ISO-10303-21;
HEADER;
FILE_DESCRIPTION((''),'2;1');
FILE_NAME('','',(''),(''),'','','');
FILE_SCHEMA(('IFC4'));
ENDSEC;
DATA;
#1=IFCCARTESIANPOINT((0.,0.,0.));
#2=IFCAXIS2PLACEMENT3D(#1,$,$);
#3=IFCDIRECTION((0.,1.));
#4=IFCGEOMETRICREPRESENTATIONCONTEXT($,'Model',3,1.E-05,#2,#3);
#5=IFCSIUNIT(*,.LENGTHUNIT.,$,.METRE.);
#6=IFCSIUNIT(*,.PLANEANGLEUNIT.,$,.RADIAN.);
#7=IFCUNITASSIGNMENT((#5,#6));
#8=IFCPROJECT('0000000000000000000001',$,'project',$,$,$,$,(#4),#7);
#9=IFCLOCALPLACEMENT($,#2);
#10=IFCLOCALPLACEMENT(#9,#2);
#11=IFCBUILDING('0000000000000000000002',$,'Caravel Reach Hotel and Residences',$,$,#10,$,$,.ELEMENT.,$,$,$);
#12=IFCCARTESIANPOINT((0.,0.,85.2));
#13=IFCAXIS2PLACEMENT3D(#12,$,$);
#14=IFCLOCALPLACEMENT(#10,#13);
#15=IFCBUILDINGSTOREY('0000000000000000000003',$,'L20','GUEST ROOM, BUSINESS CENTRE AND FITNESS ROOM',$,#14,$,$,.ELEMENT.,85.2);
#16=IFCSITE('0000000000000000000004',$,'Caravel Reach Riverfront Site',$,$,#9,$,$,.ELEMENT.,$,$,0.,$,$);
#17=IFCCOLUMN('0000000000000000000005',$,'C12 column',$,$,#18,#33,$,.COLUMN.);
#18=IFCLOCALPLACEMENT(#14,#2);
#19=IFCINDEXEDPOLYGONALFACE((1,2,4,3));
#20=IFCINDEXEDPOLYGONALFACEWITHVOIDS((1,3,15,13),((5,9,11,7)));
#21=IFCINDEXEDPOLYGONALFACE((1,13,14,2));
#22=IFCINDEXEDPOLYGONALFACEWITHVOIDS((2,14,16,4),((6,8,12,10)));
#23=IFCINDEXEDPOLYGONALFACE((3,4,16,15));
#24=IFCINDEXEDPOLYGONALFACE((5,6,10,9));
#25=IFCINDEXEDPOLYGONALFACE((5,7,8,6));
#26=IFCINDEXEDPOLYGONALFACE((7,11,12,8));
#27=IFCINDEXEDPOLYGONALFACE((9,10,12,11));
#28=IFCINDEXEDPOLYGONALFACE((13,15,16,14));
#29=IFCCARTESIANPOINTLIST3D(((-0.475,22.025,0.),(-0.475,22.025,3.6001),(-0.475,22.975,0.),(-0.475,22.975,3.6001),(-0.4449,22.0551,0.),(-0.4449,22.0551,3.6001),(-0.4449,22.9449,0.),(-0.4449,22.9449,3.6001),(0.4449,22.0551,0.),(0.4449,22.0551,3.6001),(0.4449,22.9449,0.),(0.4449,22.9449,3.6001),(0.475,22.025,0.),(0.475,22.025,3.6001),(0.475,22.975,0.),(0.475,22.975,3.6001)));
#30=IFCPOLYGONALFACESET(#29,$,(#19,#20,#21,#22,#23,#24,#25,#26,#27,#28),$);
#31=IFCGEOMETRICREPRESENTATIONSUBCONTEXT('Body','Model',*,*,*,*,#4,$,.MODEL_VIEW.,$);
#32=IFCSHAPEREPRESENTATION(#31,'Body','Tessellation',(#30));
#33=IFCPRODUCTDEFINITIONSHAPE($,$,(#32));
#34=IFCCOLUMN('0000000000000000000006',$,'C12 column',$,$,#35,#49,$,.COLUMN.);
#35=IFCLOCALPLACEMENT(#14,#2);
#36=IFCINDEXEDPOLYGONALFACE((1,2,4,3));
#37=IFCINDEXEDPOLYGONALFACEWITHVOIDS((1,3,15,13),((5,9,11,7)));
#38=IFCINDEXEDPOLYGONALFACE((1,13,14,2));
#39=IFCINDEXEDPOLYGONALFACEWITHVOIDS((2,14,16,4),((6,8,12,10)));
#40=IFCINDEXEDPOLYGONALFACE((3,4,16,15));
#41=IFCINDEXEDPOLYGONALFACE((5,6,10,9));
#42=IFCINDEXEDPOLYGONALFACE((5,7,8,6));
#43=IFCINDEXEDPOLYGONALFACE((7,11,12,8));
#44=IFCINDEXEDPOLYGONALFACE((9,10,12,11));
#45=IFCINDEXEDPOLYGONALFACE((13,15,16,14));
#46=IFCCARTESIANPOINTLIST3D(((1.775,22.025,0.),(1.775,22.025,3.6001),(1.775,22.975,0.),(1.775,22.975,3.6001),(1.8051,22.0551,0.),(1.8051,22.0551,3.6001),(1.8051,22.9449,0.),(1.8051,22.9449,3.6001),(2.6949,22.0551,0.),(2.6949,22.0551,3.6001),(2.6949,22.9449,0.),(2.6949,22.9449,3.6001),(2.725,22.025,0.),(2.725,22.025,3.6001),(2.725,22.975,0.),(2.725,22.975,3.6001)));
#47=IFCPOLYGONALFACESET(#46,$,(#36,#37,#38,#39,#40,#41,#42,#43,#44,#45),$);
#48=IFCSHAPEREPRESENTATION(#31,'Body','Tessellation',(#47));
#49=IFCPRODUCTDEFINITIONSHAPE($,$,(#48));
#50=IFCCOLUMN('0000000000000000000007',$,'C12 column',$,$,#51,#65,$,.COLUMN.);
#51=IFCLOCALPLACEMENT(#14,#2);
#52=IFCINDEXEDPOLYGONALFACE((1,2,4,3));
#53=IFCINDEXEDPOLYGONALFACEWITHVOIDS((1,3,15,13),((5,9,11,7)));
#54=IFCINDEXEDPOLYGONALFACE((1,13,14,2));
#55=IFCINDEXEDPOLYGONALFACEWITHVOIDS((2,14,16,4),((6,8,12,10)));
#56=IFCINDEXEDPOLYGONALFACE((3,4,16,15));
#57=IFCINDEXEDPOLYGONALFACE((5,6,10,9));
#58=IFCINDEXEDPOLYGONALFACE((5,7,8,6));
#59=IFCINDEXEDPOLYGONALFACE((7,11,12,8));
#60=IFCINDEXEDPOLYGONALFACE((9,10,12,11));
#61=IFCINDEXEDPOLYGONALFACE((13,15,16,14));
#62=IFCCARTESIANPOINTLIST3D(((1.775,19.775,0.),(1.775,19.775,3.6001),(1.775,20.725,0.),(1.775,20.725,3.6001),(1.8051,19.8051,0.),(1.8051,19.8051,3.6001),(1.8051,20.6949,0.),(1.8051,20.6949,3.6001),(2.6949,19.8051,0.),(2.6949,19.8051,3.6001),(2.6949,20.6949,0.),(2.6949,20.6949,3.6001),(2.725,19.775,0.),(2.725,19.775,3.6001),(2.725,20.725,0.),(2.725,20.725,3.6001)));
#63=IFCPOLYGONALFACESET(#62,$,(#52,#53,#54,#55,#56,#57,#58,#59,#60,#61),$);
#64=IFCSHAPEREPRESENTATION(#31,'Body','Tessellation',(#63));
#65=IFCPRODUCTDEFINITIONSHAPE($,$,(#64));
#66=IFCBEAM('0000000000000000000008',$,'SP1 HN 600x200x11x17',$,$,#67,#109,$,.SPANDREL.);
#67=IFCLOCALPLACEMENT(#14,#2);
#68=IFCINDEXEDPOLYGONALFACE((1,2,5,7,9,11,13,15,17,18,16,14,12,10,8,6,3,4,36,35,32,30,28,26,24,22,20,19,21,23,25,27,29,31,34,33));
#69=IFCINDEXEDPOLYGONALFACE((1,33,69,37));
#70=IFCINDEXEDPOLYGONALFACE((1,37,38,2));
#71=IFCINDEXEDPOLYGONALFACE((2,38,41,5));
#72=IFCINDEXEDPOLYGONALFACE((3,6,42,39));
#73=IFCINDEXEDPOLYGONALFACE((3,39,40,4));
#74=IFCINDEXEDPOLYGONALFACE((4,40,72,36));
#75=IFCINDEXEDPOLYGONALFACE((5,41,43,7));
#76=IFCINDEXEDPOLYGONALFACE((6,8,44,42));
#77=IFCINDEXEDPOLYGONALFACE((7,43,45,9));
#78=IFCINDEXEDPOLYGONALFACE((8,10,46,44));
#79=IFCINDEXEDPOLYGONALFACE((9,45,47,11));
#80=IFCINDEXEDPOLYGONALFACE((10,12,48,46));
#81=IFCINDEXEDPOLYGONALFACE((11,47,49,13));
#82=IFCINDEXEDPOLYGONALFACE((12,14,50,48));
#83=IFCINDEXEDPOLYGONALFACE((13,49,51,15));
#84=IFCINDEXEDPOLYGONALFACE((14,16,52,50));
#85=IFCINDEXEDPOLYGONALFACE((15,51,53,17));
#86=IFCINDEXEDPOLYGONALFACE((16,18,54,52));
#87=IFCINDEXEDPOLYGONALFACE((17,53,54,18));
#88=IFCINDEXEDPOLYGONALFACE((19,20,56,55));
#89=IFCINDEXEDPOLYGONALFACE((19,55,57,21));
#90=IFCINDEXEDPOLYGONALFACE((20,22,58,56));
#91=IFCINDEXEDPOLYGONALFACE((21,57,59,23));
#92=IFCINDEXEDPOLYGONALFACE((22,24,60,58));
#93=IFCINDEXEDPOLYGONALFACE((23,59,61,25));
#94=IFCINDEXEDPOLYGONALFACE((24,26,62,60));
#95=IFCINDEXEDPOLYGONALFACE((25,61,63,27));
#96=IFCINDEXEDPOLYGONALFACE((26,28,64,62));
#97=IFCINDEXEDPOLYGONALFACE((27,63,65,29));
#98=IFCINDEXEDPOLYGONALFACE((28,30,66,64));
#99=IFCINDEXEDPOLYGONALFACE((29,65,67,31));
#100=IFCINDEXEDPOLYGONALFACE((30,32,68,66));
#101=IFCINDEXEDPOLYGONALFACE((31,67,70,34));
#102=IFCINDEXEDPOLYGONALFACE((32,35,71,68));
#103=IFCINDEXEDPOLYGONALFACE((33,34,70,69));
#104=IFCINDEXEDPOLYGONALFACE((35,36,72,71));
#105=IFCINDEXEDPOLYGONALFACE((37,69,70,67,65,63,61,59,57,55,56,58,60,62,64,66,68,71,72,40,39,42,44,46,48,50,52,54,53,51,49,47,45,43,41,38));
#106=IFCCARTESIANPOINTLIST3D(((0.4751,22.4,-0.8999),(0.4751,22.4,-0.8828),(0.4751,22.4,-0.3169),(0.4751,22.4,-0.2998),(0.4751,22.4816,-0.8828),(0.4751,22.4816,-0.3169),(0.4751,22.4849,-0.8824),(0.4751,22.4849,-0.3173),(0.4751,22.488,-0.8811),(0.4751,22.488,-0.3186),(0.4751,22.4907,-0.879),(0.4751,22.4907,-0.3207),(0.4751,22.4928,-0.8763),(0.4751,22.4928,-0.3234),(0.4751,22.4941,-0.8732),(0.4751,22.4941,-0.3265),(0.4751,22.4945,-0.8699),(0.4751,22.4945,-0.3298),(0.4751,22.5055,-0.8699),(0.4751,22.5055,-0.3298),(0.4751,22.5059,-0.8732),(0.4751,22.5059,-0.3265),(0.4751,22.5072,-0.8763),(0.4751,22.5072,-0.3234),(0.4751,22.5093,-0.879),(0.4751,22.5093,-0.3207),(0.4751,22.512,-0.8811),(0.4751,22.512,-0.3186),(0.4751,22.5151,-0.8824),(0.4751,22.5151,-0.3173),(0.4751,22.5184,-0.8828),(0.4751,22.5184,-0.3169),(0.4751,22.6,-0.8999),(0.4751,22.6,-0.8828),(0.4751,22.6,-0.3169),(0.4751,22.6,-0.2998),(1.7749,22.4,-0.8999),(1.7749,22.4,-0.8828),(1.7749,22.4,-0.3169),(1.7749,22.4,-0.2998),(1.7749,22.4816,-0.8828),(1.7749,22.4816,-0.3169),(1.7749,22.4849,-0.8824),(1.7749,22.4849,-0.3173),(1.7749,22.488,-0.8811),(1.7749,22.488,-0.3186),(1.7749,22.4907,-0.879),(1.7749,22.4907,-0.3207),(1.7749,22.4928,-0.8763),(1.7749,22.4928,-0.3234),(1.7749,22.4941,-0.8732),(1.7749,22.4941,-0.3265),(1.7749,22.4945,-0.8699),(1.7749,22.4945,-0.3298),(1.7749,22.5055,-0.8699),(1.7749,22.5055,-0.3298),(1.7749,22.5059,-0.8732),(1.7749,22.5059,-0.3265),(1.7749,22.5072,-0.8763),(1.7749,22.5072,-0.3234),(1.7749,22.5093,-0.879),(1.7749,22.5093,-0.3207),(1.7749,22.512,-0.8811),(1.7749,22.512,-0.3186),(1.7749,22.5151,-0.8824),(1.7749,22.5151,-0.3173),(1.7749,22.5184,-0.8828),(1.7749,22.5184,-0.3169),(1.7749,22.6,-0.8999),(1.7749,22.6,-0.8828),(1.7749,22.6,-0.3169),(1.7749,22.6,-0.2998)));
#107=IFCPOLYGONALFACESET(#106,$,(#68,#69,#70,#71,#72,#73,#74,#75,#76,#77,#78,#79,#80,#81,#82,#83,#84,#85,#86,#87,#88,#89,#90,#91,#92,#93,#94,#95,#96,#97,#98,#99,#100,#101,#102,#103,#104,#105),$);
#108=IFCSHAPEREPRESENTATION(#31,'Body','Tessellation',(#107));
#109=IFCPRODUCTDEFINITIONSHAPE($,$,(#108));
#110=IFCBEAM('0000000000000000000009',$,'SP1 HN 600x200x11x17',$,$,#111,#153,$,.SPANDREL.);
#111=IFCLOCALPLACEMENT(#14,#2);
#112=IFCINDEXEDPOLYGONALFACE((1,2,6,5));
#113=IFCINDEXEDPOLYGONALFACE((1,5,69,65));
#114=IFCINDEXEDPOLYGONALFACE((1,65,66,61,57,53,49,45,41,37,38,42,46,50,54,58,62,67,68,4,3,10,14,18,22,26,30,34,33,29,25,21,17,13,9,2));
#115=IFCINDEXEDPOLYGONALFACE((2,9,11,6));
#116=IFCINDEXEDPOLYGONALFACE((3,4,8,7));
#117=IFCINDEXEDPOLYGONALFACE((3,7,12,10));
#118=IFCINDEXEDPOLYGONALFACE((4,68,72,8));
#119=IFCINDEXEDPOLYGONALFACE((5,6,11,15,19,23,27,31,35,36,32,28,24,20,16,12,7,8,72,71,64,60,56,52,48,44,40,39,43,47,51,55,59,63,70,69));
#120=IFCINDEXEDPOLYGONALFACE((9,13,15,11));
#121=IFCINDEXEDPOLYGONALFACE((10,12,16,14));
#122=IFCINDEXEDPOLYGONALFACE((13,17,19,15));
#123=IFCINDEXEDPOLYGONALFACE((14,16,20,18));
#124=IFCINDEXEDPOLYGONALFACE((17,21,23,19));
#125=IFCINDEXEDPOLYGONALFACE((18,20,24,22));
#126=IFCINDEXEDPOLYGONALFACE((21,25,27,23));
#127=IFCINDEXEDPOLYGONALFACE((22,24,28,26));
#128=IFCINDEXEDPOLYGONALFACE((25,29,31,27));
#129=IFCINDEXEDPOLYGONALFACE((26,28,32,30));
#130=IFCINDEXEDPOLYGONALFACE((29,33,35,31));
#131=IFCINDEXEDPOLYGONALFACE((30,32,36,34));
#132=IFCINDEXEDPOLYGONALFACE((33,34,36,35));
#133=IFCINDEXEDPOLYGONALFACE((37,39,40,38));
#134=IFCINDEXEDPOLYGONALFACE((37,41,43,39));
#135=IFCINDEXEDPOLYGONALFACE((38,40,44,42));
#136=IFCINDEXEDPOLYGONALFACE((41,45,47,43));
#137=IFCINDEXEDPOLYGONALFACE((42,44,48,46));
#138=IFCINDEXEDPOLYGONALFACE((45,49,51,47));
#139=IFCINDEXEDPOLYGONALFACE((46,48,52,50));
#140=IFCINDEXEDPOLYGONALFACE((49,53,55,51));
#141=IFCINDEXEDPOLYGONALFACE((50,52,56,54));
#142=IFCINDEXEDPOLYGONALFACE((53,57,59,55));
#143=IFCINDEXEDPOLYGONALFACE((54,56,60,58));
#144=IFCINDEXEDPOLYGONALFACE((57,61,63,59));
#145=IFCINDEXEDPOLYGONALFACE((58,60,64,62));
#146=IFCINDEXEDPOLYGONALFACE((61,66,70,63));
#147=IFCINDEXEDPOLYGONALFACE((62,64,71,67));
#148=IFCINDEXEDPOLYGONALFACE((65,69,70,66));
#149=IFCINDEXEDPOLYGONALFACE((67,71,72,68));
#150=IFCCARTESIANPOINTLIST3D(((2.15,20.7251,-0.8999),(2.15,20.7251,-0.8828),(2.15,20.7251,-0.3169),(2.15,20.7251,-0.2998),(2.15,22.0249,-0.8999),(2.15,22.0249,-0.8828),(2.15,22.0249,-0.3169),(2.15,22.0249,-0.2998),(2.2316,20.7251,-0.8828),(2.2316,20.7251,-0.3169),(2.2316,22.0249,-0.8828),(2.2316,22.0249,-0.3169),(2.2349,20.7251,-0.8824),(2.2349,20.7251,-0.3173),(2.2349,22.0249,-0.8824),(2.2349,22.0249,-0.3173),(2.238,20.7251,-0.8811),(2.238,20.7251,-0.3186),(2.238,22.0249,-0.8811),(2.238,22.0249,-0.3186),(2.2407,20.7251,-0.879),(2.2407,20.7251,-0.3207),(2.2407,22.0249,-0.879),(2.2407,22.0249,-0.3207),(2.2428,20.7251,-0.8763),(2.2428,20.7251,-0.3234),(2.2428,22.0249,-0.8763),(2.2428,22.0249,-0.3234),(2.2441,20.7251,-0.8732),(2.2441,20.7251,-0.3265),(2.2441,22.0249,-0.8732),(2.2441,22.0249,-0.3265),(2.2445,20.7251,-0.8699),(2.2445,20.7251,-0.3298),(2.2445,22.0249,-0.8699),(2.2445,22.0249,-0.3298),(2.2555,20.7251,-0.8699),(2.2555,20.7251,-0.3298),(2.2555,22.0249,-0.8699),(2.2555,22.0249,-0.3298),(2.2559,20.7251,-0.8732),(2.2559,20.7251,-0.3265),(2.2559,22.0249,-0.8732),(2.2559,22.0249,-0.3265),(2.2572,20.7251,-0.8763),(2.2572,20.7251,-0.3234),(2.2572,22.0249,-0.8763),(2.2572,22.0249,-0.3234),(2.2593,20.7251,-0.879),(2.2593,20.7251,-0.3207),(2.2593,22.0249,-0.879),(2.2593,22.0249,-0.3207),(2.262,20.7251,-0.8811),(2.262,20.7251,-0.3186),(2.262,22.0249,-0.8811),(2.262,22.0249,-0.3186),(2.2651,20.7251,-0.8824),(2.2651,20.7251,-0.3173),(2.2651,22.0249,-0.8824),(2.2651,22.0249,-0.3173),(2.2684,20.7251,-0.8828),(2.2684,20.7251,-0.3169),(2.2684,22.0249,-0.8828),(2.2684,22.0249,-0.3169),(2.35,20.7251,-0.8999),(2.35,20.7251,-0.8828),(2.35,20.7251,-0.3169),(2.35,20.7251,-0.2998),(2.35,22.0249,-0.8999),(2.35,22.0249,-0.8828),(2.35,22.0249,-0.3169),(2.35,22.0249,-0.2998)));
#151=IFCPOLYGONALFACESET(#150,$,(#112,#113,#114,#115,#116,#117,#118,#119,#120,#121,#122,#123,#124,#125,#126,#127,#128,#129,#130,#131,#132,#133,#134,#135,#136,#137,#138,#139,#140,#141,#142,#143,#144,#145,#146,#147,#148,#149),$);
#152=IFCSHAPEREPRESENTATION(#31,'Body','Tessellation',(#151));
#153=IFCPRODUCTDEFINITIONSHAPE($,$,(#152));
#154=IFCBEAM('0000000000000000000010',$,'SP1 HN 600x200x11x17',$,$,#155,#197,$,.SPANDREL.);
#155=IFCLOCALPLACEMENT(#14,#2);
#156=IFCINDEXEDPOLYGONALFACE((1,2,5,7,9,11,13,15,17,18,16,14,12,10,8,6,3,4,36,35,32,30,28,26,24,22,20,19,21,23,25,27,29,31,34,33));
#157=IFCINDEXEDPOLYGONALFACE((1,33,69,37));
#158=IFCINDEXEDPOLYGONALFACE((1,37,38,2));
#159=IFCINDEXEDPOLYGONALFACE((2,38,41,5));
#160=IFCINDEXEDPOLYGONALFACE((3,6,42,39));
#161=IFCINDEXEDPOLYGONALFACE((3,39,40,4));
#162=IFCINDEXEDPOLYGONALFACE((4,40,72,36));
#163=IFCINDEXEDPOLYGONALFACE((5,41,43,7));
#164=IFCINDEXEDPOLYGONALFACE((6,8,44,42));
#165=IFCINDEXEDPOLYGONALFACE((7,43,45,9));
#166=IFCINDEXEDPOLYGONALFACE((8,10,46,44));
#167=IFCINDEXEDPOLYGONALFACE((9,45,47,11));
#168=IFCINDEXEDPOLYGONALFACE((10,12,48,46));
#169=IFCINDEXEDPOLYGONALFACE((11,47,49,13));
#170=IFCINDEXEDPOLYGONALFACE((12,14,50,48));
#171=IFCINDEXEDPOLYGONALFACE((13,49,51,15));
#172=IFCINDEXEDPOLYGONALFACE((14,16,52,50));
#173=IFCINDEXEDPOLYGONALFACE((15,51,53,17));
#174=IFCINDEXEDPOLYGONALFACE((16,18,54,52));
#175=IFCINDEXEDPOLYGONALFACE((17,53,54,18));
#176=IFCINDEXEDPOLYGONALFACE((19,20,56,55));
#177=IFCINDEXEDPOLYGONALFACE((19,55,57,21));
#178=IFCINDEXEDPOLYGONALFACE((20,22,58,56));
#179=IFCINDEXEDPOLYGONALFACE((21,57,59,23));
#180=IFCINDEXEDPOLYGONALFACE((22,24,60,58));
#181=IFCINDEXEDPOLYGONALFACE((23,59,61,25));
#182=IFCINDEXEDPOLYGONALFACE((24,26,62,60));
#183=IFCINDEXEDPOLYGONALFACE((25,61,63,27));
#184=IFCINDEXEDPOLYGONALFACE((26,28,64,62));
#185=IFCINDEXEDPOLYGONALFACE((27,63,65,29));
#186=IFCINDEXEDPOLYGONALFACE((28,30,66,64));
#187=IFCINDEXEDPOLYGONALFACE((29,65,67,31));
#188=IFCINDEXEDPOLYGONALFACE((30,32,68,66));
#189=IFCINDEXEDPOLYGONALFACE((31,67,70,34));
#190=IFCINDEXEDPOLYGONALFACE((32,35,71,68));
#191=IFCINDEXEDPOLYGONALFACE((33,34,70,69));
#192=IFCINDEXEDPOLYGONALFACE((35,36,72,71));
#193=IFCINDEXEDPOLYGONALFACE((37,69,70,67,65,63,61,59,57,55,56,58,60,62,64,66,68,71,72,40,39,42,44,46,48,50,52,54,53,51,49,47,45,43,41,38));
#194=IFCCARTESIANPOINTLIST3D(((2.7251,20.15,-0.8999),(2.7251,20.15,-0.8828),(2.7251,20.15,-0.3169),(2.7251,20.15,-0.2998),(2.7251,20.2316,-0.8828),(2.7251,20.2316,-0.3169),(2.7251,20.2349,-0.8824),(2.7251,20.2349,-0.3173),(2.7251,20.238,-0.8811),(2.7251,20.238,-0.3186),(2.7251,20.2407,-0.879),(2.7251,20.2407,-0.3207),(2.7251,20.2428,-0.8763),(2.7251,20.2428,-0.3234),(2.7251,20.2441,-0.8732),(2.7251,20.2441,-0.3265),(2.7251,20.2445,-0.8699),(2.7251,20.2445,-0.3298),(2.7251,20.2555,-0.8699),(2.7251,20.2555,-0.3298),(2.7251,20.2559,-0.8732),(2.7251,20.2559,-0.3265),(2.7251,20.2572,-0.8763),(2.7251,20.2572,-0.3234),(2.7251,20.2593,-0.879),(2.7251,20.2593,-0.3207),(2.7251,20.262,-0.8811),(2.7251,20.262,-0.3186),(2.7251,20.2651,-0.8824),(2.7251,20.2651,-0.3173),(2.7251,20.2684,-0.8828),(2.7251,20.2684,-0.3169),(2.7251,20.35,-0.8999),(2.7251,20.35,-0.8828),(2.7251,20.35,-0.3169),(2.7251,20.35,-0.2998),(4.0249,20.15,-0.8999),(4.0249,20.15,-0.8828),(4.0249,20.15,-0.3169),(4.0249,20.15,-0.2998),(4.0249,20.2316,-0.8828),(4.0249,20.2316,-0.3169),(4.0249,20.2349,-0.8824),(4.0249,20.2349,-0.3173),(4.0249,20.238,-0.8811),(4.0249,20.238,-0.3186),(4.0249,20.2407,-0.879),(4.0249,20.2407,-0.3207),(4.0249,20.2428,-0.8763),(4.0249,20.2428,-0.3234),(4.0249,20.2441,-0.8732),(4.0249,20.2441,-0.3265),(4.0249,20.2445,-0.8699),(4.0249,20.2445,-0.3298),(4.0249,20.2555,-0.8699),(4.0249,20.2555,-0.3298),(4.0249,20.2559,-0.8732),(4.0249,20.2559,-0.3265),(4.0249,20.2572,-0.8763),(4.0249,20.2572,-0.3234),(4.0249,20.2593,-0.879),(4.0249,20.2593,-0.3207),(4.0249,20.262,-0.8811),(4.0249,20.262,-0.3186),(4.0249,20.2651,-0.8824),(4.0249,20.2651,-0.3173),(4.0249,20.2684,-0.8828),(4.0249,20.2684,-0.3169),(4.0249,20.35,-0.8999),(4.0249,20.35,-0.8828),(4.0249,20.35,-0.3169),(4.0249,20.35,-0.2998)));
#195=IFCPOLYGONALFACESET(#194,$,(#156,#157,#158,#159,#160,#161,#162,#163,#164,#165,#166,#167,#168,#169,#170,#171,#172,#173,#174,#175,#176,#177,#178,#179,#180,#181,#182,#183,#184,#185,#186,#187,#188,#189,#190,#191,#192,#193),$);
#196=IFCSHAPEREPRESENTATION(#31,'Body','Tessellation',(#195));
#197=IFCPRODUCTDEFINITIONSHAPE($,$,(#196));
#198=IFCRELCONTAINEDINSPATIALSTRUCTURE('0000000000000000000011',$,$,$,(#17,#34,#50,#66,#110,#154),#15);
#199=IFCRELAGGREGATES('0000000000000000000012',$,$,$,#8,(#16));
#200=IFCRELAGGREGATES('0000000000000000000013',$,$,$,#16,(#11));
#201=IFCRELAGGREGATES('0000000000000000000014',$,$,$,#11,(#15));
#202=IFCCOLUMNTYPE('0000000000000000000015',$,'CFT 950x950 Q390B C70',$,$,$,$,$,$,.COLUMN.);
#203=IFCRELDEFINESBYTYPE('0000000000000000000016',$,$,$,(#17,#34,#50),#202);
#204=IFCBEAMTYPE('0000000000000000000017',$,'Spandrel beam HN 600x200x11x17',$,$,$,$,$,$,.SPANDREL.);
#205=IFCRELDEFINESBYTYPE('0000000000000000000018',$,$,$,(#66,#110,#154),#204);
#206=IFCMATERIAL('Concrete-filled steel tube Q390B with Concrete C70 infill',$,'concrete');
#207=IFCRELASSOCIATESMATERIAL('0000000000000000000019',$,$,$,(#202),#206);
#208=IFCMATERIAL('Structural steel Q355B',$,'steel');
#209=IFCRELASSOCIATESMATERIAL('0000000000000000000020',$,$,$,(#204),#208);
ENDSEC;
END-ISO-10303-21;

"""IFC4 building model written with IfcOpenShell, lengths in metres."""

from ifc_helpers import new_model, si_unit, direction, frame, origin, origin_2d, place, context, subcontext, project, spatial, hollow_rectangle, i_section, extrude, material, material_profile, profile_set, type_object, element, save


model = new_model("IFC4")

# Units and contexts
model_context = context("Model", 3, precision=1e-05, world=origin(), true_north=direction((0.0, 1.0)))
body_context = subcontext(model_context, "Body", "Model", "MODEL_VIEW")
ifc_project = project(units=[si_unit("LENGTHUNIT", "METRE"), si_unit("PLANEANGLEUNIT", "RADIAN")], contexts=[model_context])

# Site, building, storey
site_placement = place(None, origin())
site = spatial("IfcSite", under=ifc_project, at=site_placement, Name="Caravel Reach Riverfront Site", CompositionType="ELEMENT", RefElevation=0.0)
building_placement = place(site_placement, origin())
building = spatial("IfcBuilding", under=site, at=building_placement, Name="Caravel Reach Hotel and Residences", CompositionType="ELEMENT")
storey_placement = place(building_placement, frame((0.0, 0.0, 85.2)))
storey = spatial("IfcBuildingStorey", under=building, at=storey_placement, Name="L20", Description="GUEST ROOM, BUSINESS CENTRE AND FITNESS ROOM", CompositionType="ELEMENT", Elevation=85.2)

# Columns
ifc_material_1 = material(Name="Concrete-filled steel tube Q390B with Concrete C70 infill", Category="concrete")
ifc_material_profile_1 = material_profile(ifc_material_1, hollow_rectangle(XDim=0.95, YDim=0.95, WallThickness=0.03, at=origin_2d()), Name="RHS 950x950x30")
ifc_profile_set_1 = profile_set([ifc_material_profile_1], Name="Concrete-filled steel tube Q390B with Concrete C70 infill")
column_type = type_object("IfcColumnType", Name="CFT 950x950 Q390B C70", PredefinedType="COLUMN", material=ifc_profile_set_1)
for number, where, z_axis, x_axis, name in (
    (1, (0.0, 22.5, 0.0), (0.0, 0.0, 1.0), (1.0, 0.0, 0.0), "C12 column"),
    (2, (2.25, 22.5, 0.0), (0.0, 0.0, 1.0), (1.0, 0.0, 0.0), "C12 column"),
    (3, (2.25, 20.25, 0.0), (0.0, 0.0, 1.0), (1.0, 0.0, 0.0), "C12 column"),
):
    element("IfcColumn", number, at=place(storey_placement, frame(where, z_axis=z_axis, x_axis=x_axis)), inside=storey, type_object=column_type, Name=name, PredefinedType="COLUMN", context=body_context, shape_type="SweptSolid", body=[
        extrude(hollow_rectangle(XDim=0.95, YDim=0.95, WallThickness=0.03, at=origin_2d()), origin(), (0.0, 0.0, 1.0), 3.6001),
    ])

# Beams
ifc_material_2 = material(Name="Structural steel Q355B", Category="steel")
ifc_material_profile_2 = material_profile(ifc_material_2, i_section(OverallWidth=0.2, OverallDepth=0.6001, WebThickness=0.011, FlangeThickness=0.0171, FilletRadius=0.0129, at=origin_2d()), Name="HN 600x200x11x17")
ifc_profile_set_2 = profile_set([ifc_material_profile_2], Name="Structural steel Q355B")
beam_type = type_object("IfcBeamType", Name="Spandrel beam HN 600x200x11x17", PredefinedType="SPANDREL", material=ifc_profile_set_2)
for number, where, z_axis, x_axis, name in (
    (4, (0.4751, 22.5, -0.5999), (1.0, 0.0, 0.0), (0.0, 1.0, 0.0), "SP1 HN 600x200x11x17"),
    (5, (2.25, 22.0249, -0.5999), (0.0, -1.0, 0.0), (1.0, 0.0, 0.0), "SP1 HN 600x200x11x17"),
    (6, (2.7251, 20.25, -0.5999), (1.0, 0.0, 0.0), (0.0, 1.0, 0.0), "SP1 HN 600x200x11x17"),
):
    element("IfcBeam", number, at=place(storey_placement, frame(where, z_axis=z_axis, x_axis=x_axis)), inside=storey, type_object=beam_type, Name=name, PredefinedType="SPANDREL", context=body_context, shape_type="SweptSolid", body=[
        extrude(i_section(OverallWidth=0.2, OverallDepth=0.6001, WebThickness=0.011, FlangeThickness=0.0171, FilletRadius=0.0129, at=origin_2d()), origin(), (0.0, 0.0, 1.0), 1.2998),
    ])

save(model, "model.ifc")
